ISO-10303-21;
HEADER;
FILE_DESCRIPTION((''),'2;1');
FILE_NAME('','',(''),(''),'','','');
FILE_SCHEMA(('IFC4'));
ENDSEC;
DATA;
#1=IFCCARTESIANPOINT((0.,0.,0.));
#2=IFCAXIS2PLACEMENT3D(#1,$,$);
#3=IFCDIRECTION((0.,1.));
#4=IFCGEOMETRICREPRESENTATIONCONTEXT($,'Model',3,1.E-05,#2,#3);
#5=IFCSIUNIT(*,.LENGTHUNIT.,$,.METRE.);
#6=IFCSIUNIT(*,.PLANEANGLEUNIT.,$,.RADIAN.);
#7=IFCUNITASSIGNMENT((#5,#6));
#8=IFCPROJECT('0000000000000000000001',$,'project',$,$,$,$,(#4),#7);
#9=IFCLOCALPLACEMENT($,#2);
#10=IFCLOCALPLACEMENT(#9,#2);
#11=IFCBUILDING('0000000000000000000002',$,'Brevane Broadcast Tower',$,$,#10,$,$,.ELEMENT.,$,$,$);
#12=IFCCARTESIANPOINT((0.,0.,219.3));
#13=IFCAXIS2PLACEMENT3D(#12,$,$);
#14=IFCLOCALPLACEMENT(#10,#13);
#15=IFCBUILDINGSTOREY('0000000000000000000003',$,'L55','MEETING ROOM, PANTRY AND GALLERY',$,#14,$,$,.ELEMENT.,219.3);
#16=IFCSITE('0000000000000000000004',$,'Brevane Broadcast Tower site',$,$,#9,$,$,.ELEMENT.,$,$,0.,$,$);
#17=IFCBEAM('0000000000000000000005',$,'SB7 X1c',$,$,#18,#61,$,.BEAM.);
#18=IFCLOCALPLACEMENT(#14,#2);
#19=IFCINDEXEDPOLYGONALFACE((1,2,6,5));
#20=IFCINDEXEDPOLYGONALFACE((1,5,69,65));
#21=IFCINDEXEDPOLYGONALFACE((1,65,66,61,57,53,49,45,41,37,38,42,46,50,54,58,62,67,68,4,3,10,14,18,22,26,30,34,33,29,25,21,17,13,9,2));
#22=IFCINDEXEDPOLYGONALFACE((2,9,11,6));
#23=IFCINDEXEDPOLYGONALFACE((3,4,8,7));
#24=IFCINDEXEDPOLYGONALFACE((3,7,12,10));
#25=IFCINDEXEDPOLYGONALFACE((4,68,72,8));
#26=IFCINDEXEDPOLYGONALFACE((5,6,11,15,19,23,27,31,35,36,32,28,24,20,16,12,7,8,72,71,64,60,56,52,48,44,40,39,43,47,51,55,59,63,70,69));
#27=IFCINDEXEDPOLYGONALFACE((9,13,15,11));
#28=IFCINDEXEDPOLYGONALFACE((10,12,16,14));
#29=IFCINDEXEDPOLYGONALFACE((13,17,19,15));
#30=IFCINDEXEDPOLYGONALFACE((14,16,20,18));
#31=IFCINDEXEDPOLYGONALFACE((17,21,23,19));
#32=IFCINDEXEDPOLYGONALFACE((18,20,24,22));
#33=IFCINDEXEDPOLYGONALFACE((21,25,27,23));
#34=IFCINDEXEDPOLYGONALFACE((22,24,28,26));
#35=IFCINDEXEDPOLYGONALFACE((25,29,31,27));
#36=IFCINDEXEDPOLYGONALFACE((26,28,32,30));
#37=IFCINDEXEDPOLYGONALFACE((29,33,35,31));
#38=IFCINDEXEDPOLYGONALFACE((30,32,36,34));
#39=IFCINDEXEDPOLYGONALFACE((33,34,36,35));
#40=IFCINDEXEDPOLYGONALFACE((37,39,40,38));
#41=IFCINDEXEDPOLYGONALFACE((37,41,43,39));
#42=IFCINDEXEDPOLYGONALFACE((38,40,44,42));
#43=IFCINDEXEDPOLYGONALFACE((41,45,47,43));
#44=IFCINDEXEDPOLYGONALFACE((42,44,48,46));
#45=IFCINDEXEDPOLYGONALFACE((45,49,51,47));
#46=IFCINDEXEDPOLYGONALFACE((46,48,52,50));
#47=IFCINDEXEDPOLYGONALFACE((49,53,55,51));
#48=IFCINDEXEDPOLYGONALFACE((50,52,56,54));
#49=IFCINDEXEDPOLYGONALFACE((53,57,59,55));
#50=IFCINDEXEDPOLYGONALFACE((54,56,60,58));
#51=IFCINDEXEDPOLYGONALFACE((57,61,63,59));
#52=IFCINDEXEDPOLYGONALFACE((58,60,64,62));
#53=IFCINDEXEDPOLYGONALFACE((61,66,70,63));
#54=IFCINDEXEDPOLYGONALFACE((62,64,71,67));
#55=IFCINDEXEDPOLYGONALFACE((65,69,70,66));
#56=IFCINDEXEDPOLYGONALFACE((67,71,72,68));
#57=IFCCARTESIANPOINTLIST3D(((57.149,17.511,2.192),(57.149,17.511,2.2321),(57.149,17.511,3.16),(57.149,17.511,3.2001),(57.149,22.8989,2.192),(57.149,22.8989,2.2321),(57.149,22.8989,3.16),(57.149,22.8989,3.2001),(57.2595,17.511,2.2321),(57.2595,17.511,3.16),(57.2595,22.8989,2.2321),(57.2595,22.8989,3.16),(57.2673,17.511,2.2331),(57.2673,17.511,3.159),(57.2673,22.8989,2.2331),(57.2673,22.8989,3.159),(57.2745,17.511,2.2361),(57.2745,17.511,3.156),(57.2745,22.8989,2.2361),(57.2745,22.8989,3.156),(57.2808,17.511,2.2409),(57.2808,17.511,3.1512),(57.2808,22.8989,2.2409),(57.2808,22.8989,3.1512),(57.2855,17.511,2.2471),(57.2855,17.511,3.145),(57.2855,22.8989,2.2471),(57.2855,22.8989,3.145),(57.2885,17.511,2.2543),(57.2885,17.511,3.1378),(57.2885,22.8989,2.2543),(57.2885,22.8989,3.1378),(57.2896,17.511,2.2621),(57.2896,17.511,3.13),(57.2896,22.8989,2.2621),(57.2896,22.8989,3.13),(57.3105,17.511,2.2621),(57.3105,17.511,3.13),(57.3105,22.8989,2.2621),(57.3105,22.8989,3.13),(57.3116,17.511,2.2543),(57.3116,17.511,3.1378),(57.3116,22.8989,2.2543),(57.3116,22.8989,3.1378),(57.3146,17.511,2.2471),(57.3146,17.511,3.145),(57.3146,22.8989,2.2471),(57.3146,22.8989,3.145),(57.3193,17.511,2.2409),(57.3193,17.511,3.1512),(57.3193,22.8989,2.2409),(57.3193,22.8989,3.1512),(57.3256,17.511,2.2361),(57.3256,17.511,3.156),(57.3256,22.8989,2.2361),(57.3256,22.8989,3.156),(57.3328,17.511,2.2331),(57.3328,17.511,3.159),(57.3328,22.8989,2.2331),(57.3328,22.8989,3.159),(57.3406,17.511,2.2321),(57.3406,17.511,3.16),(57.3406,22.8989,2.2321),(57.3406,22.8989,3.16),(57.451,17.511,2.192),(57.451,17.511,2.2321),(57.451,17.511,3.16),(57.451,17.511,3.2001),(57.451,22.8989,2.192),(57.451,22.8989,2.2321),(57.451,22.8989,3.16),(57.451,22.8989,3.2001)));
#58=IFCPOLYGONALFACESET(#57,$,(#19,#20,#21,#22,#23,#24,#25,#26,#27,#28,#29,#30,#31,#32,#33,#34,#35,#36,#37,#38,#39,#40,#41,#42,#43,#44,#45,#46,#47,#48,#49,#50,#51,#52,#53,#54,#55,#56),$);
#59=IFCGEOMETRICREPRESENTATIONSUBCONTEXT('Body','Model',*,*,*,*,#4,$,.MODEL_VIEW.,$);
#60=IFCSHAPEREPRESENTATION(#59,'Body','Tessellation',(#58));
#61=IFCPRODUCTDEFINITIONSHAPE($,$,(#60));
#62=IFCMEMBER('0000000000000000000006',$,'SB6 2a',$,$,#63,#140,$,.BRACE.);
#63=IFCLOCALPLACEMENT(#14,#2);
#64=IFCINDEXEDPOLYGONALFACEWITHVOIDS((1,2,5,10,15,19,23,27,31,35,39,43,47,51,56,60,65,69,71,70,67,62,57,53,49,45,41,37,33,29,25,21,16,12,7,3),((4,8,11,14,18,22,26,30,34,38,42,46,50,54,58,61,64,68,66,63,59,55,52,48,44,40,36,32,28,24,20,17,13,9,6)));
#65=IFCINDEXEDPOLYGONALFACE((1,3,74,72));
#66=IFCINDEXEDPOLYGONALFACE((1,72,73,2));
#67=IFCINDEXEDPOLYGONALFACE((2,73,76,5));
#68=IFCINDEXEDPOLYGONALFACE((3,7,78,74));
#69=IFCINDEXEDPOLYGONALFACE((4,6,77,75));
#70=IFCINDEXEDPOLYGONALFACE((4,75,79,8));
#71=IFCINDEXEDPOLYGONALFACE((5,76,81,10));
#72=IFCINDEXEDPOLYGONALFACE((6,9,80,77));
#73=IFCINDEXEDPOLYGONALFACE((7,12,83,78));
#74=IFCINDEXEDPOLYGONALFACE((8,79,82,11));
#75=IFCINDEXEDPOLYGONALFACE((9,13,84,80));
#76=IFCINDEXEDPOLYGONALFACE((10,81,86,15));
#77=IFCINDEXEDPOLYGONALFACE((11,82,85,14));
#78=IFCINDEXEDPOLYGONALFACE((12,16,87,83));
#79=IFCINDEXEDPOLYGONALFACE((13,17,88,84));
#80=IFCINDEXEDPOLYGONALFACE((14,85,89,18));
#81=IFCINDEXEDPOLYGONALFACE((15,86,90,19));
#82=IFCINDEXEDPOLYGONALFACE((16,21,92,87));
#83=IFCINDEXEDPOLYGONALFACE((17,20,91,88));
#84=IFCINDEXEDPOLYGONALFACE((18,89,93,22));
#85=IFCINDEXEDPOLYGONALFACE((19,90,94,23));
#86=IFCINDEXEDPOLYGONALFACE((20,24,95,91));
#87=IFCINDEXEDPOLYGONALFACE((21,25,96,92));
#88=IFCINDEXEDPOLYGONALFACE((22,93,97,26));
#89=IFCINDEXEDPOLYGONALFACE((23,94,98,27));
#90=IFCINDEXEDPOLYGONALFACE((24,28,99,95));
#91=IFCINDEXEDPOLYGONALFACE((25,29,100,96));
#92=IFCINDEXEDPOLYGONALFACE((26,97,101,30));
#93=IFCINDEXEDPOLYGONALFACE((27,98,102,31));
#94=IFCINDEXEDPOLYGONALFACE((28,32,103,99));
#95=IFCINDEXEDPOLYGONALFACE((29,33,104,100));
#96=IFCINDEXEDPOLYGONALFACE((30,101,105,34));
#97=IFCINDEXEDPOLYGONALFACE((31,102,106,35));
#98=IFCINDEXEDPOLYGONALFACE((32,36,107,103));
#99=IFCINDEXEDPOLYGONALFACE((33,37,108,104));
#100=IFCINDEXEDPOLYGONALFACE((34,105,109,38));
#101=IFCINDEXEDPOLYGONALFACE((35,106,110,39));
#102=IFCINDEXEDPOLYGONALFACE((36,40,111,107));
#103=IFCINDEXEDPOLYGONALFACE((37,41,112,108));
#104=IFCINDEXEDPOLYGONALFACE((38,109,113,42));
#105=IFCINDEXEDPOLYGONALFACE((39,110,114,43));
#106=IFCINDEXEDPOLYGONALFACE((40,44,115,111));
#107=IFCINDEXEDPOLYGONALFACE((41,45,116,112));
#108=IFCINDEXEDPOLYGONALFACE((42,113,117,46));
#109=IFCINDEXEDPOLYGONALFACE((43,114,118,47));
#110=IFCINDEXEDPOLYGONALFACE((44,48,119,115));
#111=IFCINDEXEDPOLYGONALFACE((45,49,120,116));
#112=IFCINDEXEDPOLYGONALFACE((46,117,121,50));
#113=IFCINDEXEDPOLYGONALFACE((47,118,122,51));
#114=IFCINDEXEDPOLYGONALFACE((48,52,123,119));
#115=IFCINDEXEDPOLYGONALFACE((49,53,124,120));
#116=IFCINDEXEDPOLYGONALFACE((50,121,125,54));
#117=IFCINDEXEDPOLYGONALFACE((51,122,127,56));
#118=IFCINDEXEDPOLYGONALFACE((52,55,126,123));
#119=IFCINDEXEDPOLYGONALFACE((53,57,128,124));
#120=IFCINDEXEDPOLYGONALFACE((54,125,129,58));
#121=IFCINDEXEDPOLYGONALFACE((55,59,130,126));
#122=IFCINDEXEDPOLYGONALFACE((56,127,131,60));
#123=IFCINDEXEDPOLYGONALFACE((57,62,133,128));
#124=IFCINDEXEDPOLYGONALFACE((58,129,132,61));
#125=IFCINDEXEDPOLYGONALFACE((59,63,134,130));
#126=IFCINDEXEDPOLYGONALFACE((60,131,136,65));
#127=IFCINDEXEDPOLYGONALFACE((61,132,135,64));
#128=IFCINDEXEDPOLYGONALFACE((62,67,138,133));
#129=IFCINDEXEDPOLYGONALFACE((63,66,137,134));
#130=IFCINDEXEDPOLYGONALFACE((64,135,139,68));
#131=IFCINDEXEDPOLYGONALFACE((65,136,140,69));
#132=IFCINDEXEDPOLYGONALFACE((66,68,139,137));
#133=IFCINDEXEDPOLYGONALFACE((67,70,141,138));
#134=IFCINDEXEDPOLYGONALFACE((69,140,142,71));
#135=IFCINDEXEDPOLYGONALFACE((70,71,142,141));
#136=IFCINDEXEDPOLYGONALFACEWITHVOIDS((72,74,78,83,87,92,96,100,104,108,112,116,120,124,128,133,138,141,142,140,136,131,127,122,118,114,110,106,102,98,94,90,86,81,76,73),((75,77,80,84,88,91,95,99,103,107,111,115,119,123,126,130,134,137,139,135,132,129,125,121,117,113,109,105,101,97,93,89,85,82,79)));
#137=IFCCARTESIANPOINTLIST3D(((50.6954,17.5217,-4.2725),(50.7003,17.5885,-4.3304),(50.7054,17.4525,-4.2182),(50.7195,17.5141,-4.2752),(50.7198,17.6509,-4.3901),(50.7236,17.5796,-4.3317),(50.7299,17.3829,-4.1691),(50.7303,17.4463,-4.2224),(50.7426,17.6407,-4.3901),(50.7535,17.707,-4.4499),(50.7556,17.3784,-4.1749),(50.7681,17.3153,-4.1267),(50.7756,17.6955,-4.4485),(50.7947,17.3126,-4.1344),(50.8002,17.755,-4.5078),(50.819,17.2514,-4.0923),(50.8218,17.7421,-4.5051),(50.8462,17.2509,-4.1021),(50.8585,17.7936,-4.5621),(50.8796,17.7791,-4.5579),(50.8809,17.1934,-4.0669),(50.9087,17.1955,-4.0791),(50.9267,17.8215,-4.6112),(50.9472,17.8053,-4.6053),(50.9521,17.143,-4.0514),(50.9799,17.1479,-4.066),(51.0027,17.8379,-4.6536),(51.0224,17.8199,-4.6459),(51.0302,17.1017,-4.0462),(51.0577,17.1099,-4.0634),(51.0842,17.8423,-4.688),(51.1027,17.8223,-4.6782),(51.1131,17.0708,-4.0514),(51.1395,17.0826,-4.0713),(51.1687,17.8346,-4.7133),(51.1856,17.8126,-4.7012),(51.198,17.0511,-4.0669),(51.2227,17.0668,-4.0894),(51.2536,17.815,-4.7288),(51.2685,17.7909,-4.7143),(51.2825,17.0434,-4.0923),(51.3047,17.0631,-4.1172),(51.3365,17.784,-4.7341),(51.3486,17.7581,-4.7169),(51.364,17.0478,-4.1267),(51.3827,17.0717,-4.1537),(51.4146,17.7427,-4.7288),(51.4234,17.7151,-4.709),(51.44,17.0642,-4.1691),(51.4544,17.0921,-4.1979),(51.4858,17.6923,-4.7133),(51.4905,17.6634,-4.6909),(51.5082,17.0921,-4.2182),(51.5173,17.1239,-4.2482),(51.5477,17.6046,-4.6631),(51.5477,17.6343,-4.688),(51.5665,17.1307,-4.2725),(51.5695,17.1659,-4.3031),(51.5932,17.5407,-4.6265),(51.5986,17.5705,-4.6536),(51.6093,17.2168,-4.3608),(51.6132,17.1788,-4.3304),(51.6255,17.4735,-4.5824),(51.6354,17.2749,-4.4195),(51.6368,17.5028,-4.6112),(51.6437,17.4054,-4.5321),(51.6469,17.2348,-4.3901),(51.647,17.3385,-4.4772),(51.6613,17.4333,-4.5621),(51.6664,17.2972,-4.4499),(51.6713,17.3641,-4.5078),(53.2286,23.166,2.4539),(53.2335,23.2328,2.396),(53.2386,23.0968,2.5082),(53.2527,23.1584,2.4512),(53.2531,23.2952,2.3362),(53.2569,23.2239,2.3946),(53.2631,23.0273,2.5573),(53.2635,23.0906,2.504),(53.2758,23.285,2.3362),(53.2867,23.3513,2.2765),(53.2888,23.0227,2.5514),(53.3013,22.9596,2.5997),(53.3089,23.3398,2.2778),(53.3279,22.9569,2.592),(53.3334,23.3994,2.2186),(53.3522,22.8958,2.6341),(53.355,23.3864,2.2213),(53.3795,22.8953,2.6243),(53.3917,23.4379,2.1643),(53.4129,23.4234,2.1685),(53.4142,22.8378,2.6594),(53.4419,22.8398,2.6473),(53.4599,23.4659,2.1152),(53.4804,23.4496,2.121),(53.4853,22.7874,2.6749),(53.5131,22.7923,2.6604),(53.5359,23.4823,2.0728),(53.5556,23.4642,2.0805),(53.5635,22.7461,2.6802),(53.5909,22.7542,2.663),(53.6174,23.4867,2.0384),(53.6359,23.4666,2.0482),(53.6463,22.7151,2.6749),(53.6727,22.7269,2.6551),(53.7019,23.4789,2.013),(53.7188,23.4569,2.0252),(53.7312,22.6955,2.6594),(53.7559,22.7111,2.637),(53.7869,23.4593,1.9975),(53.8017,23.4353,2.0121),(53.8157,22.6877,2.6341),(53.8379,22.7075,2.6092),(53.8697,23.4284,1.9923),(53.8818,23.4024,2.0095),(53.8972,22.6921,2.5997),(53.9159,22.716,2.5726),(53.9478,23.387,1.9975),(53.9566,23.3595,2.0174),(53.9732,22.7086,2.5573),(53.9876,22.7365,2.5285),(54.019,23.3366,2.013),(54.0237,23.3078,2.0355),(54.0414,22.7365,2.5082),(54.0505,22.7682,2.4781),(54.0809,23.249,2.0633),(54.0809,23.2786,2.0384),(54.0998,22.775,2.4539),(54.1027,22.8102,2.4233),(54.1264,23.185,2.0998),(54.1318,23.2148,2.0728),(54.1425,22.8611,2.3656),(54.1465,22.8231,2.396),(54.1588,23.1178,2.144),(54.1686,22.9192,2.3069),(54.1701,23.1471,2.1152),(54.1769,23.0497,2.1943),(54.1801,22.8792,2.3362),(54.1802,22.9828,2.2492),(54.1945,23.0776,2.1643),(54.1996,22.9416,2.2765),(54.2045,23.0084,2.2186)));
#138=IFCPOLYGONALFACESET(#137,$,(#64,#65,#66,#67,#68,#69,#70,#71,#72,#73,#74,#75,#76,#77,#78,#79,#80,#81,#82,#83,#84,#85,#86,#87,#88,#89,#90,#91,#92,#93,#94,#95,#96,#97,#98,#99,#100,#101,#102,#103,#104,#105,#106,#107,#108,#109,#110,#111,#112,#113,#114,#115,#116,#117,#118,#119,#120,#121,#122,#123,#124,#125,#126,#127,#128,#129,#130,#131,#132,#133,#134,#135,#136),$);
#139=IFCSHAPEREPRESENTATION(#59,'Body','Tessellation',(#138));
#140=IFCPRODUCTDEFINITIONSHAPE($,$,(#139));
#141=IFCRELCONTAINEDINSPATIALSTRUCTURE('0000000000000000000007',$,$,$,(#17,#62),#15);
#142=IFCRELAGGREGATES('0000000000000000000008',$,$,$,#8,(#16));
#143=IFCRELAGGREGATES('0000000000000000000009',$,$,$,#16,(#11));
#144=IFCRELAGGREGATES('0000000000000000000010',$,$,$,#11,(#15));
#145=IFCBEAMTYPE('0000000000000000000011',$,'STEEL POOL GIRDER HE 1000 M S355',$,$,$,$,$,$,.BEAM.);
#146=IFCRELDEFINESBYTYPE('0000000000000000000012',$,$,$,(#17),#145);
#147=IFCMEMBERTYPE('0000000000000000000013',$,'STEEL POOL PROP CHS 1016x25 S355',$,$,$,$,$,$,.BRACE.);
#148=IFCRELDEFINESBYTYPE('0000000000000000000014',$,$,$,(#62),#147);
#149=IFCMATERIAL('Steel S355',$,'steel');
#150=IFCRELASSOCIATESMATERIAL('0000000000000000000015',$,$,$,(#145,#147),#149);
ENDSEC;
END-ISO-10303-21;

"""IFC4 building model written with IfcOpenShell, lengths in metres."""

from ifc_helpers import new_model, si_unit, direction, frame, origin, origin_2d, place, context, subcontext, project, spatial, hollow_circle, i_section, extrude, material, material_profile, profile_set, type_object, element, save


model = new_model("IFC4")

# Units and contexts
model_context = context("Model", 3, precision=1e-05, world=origin(), true_north=direction((0.0, 1.0)))
body_context = subcontext(model_context, "Body", "Model", "MODEL_VIEW")
ifc_project = project(units=[si_unit("LENGTHUNIT", "METRE"), si_unit("PLANEANGLEUNIT", "RADIAN")], contexts=[model_context])

# Site, building, storey
site_placement = place(None, origin())
site = spatial("IfcSite", under=ifc_project, at=site_placement, Name="Brevane Broadcast Tower site", CompositionType="ELEMENT", RefElevation=0.0)
building_placement = place(site_placement, origin())
building = spatial("IfcBuilding", under=site, at=building_placement, Name="Brevane Broadcast Tower", CompositionType="ELEMENT")
storey_placement = place(building_placement, frame((0.0, 0.0, 219.3)))
storey = spatial("IfcBuildingStorey", under=building, at=storey_placement, Name="L55", Description="MEETING ROOM, PANTRY AND GALLERY", CompositionType="ELEMENT", Elevation=219.3)

# Beam
ifc_material_1 = material(Name="Steel S355", Category="steel")
ifc_material_profile_1 = material_profile(ifc_material_1, i_section(OverallWidth=0.302, OverallDepth=1.0081, WebThickness=0.021, FlangeThickness=0.04, FilletRadius=0.03, at=origin_2d()), Name="HE 1000 M")
ifc_profile_set_1 = profile_set([ifc_material_profile_1], Name="Steel S355")
beam_type_1 = type_object("IfcBeamType", Name="STEEL POOL GIRDER HE 1000 M S355", PredefinedType="BEAM", material=ifc_profile_set_1)
beam_1_placement = place(storey_placement, frame((57.3, 17.511, 2.696), z_axis=(0.0, 1.0, 0.0), x_axis=(-1.0, 0.0, 0.0)))
element("IfcBeam", 1, at=beam_1_placement, inside=storey, type_object=beam_type_1, Name="SB7 X1c", PredefinedType="BEAM", context=body_context, shape_type="SweptSolid", body=[
    extrude(i_section(OverallWidth=0.302, OverallDepth=1.0081, WebThickness=0.021, FlangeThickness=0.04, FilletRadius=0.03, at=origin_2d()), origin(), (0.0, 0.0, 1.0), 5.3879),
])

# Member
ifc_material_profile_2 = material_profile(ifc_material_1, hollow_circle(Radius=0.5081, WallThickness=0.0249, at=origin_2d()), Name="CHS 1016x25")
ifc_profile_set_2 = profile_set([ifc_material_profile_2], Name="Steel S355")
member_type_1 = type_object("IfcMemberType", Name="STEEL POOL PROP CHS 1016x25 S355", PredefinedType="BRACE", material=ifc_profile_set_2)
member_1_placement = place(storey_placement, frame((51.1833, 17.4429, -4.3901), z_axis=(0.277191, 0.617615, 0.736014), x_axis=(-0.912328, 0.40946, 0.0)))
element("IfcMember", 2, at=member_1_placement, inside=storey, type_object=member_type_1, Name="SB6 2a", PredefinedType="BRACE", context=body_context, shape_type="SweptSolid", body=[
    extrude(hollow_circle(Radius=0.5081, WallThickness=0.0249, at=origin_2d()), origin(), (0.0, 0.0, 1.0), 9.1389),
])

save(model, "model.ifc")
